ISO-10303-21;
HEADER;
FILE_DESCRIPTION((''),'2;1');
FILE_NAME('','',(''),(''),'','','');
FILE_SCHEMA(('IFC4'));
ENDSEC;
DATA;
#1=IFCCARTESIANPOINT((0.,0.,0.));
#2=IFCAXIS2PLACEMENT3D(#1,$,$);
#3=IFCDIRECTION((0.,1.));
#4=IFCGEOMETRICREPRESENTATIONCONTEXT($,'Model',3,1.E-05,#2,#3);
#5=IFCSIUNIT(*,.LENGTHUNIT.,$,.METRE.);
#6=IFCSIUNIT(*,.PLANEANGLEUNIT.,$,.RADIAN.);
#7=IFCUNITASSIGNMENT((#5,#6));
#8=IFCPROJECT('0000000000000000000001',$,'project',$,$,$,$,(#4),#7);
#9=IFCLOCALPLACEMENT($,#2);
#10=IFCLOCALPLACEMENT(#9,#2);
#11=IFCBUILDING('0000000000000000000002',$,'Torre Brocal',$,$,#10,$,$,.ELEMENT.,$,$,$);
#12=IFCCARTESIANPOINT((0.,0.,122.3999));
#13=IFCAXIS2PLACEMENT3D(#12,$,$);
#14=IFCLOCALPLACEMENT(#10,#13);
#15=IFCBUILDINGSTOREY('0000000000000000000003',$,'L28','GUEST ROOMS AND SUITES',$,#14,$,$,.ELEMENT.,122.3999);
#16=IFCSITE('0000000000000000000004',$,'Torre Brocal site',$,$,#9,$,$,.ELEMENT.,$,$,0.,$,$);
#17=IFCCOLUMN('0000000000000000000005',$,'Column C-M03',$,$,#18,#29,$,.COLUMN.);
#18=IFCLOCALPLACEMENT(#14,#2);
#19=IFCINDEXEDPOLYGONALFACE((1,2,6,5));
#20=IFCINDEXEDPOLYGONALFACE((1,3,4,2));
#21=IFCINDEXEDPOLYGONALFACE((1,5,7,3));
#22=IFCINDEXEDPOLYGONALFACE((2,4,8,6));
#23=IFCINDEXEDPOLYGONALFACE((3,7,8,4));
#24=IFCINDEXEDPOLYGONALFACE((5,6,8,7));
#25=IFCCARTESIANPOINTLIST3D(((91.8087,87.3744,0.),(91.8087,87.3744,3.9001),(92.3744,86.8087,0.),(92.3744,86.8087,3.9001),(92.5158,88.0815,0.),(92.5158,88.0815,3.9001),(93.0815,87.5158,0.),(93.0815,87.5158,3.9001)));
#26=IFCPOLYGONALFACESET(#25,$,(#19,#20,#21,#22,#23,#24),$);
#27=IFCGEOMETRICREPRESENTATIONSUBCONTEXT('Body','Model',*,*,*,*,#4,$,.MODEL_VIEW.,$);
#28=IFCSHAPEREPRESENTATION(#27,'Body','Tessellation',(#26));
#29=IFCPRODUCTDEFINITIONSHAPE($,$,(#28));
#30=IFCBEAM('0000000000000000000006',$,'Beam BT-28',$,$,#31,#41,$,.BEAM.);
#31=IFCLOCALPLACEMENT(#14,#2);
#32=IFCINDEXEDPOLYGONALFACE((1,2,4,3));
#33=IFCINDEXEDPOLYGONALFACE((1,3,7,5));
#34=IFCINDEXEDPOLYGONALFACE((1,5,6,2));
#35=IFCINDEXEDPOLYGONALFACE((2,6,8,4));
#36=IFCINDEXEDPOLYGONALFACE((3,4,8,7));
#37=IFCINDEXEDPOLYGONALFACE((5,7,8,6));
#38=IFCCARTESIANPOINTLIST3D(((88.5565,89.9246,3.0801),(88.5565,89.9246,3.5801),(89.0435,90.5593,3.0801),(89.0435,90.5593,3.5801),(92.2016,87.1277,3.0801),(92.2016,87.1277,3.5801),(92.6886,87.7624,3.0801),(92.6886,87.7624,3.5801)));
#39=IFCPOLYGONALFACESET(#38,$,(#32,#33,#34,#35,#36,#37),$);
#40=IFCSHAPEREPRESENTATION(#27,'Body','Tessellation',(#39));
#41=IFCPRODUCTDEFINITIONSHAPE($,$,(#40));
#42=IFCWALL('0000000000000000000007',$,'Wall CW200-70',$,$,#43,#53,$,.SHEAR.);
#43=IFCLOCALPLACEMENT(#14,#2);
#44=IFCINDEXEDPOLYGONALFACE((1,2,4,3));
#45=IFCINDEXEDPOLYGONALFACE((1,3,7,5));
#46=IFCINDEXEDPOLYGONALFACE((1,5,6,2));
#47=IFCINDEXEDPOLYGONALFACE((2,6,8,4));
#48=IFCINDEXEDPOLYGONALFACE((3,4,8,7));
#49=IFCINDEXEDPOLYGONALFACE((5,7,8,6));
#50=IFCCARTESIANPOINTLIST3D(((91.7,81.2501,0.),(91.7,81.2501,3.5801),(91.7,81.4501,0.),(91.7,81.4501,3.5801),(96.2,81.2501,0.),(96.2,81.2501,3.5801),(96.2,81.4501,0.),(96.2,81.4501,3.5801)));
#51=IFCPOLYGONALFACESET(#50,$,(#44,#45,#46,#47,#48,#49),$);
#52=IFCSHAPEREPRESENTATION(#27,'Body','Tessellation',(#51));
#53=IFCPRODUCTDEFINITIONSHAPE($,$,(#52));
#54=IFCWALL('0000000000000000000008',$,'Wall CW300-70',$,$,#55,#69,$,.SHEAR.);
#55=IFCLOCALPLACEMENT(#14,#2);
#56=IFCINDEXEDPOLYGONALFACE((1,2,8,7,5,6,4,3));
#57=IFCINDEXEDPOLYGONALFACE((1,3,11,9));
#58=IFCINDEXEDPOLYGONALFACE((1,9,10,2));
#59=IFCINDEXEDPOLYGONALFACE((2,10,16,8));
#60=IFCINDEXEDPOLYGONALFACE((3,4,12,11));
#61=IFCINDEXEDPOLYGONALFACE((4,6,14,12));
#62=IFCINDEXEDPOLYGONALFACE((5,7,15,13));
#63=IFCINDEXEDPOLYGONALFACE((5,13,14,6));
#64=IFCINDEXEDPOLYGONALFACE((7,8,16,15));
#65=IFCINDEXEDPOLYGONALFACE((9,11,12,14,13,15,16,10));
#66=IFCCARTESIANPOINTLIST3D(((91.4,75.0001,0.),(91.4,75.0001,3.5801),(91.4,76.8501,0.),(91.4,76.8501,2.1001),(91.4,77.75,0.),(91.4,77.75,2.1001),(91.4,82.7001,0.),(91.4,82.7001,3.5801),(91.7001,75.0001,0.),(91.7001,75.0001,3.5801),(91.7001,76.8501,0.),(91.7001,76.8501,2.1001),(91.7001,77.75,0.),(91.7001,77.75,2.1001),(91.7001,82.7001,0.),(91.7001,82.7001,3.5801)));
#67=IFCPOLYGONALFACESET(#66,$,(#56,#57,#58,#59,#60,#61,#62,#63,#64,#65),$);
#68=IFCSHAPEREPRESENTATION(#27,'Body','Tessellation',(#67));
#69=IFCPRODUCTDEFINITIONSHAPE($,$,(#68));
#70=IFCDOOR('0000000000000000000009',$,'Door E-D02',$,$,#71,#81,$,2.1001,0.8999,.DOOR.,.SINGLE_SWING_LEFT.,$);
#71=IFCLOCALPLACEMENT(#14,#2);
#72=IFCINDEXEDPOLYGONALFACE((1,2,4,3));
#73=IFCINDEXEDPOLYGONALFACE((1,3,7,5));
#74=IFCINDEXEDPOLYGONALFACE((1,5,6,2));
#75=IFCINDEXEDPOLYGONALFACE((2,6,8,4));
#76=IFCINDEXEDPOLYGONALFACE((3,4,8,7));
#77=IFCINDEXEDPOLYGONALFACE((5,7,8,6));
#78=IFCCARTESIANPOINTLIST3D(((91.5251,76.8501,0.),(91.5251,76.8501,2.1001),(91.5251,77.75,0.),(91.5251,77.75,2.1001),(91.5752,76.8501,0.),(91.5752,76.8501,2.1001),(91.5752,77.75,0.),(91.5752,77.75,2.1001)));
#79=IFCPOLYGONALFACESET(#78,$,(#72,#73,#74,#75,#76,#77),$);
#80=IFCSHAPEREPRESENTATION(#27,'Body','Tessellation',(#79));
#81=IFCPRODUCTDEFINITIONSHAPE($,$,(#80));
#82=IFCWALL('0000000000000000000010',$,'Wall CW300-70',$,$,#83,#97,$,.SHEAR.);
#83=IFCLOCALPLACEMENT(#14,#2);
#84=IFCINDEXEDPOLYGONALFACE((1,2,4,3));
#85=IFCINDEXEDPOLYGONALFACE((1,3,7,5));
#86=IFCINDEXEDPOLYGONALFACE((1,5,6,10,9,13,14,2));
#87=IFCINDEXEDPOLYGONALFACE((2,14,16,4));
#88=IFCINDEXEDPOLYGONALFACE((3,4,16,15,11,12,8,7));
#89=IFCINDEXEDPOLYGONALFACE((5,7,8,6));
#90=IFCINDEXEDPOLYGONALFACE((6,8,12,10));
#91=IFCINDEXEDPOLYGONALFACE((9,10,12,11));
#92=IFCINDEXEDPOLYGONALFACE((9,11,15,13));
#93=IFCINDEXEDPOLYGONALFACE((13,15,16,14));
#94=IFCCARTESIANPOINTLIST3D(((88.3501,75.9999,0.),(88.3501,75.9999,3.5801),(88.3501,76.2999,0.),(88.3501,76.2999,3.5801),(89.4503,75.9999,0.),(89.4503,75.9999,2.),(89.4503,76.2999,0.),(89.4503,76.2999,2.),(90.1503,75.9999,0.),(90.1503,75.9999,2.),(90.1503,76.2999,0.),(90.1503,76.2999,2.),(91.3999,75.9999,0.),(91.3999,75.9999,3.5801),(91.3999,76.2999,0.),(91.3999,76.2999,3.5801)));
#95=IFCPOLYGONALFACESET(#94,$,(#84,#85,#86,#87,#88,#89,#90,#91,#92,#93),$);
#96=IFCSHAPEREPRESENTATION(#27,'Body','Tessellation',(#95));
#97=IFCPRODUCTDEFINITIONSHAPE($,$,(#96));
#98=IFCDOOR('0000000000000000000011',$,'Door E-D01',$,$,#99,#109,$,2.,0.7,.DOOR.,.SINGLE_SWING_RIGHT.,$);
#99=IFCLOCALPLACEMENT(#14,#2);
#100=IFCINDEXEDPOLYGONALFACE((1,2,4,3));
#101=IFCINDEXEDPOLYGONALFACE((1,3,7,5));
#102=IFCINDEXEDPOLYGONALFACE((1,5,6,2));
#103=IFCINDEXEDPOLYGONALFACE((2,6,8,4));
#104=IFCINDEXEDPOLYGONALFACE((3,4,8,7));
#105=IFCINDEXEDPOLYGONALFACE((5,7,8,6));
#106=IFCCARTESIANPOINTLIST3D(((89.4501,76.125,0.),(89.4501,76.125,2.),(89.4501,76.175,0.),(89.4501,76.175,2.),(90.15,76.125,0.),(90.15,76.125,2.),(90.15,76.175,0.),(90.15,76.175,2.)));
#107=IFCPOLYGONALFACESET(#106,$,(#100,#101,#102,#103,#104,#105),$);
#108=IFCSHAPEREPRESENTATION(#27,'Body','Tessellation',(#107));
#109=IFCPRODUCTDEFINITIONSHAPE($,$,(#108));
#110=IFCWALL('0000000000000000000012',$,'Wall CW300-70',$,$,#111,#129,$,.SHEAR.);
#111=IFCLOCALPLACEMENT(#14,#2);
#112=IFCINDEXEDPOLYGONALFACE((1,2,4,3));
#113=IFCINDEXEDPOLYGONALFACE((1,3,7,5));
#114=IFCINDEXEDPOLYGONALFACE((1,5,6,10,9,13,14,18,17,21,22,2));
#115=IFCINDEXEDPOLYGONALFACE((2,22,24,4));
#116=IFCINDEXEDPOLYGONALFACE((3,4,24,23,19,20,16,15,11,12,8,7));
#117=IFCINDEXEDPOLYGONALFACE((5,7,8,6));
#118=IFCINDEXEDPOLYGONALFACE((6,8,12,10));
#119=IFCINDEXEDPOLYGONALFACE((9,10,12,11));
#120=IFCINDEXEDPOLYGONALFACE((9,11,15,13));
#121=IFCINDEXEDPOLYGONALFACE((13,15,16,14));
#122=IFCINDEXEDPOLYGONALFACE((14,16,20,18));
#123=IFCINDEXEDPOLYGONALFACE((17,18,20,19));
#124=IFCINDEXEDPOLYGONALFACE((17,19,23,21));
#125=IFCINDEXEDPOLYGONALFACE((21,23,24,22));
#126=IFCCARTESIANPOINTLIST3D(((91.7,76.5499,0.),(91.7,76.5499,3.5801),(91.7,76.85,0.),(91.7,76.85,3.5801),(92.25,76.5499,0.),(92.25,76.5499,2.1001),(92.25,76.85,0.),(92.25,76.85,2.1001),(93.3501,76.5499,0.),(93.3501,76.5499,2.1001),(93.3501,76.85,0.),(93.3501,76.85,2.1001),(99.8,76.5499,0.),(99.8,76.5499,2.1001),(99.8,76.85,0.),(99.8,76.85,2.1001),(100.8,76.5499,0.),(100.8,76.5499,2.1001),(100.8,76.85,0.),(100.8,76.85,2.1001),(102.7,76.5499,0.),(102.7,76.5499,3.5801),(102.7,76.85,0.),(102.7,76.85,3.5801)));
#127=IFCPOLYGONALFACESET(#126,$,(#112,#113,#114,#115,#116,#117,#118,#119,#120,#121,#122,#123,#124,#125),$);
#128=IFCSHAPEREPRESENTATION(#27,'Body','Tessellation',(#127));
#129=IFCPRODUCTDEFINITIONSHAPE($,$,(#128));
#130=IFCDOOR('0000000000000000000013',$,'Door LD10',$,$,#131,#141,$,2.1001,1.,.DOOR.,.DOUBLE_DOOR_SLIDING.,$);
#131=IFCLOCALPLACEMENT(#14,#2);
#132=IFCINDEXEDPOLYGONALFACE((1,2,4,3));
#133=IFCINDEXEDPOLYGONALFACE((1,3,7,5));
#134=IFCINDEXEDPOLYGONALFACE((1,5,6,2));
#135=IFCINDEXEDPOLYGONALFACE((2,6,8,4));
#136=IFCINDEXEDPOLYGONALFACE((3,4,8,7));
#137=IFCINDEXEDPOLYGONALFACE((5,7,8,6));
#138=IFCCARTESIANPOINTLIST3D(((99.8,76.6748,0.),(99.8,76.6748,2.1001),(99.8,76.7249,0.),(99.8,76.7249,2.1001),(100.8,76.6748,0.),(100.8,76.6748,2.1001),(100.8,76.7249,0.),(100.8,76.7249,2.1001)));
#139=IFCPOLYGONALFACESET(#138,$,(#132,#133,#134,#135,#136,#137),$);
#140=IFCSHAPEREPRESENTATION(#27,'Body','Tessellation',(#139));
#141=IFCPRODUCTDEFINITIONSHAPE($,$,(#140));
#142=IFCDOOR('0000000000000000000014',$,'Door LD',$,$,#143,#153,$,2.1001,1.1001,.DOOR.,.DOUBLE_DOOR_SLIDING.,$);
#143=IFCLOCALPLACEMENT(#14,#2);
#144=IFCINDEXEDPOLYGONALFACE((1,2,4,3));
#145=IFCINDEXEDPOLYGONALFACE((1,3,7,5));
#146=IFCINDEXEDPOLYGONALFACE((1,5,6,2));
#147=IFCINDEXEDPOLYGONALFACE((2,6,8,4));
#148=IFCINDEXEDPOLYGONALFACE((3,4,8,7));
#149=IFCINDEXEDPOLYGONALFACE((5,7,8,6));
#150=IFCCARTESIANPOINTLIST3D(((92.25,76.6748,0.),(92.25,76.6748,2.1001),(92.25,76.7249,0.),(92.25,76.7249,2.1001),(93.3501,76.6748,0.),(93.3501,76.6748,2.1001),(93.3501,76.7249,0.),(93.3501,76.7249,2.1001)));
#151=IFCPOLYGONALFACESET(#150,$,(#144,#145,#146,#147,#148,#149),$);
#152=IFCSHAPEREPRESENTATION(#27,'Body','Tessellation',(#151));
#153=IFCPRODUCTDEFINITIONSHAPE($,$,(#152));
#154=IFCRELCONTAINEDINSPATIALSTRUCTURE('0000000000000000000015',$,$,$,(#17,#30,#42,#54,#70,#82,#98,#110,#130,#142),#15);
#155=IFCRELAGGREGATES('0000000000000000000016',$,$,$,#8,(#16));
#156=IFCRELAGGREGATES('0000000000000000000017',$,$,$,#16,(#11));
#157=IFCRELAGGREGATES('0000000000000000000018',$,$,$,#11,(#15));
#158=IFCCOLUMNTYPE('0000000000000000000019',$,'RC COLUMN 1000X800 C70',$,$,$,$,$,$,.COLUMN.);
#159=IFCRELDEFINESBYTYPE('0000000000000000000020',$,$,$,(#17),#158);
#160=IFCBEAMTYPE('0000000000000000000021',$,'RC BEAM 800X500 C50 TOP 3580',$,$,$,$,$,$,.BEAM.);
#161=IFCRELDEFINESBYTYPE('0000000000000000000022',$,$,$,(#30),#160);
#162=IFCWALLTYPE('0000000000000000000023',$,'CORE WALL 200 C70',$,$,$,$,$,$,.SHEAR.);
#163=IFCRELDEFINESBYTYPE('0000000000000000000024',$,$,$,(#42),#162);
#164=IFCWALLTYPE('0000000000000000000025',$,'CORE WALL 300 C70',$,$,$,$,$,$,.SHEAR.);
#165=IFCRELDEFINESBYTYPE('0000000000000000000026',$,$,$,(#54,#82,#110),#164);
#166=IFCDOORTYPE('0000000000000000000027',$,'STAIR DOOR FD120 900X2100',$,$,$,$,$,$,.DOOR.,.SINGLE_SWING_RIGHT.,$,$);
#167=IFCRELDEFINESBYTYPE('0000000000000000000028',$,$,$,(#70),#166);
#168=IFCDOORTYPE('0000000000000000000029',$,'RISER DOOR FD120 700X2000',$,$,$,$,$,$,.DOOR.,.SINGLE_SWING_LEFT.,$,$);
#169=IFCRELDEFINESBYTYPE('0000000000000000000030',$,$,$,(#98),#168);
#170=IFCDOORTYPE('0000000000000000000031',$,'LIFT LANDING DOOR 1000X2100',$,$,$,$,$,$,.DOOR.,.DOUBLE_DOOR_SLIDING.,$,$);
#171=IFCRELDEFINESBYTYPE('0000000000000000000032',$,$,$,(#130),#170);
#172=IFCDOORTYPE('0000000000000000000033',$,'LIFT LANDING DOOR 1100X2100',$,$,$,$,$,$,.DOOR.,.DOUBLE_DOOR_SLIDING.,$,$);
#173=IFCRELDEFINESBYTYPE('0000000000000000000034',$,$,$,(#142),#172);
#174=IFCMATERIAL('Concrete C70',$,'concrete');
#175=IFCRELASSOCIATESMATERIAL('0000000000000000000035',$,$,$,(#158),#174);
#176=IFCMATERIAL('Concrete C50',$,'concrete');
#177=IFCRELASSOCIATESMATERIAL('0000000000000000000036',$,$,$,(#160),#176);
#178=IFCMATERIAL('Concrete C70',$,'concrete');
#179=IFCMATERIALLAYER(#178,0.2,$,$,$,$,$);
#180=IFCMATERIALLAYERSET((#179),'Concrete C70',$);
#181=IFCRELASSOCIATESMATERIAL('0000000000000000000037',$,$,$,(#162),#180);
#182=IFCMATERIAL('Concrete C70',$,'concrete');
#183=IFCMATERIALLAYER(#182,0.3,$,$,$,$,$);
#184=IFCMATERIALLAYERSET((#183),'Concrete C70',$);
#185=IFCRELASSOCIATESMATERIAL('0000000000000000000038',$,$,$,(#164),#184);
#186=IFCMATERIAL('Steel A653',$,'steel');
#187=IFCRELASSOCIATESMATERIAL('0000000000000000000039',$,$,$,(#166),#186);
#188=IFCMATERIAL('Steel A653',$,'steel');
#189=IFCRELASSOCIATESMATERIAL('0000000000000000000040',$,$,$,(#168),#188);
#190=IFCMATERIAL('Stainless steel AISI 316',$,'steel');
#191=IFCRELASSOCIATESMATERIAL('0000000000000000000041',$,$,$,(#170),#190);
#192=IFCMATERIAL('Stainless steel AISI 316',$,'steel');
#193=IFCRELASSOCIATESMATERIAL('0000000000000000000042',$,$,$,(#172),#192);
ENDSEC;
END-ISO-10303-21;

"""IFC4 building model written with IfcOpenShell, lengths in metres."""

from ifc_helpers import new_model, si_unit, direction, frame, frame_2d, origin, origin_2d, place, context, subcontext, project, spatial, rectangle, extrude, material, layer, layer_set, material_profile, profile_set, type_object, element, fill, save


model = new_model("IFC4")

# Units and contexts
model_context = context("Model", 3, precision=1e-05, world=origin(), true_north=direction((0.0, 1.0)))
body_context = subcontext(model_context, "Body", "Model", "MODEL_VIEW")
ifc_project = project(units=[si_unit("LENGTHUNIT", "METRE"), si_unit("PLANEANGLEUNIT", "RADIAN")], contexts=[model_context])

# Site, building, storey
site_placement = place(None, origin())
site = spatial("IfcSite", under=ifc_project, at=site_placement, Name="Torre Brocal site", CompositionType="ELEMENT", RefElevation=0.0)
building_placement = place(site_placement, origin())
building = spatial("IfcBuilding", under=site, at=building_placement, Name="Torre Brocal", CompositionType="ELEMENT")
storey_placement = place(building_placement, frame((0.0, 0.0, 122.3999)))
storey = spatial("IfcBuildingStorey", under=building, at=storey_placement, Name="L28", Description="GUEST ROOMS AND SUITES", CompositionType="ELEMENT", Elevation=122.3999)

# Column
ifc_material_1 = material(Name="Concrete C70", Category="concrete")
ifc_material_profile_1 = material_profile(ifc_material_1, rectangle(XDim=1.0, YDim=0.8, at=origin_2d()), Name="RC 1000X800")
ifc_profile_set_1 = profile_set([ifc_material_profile_1], Name="Concrete C70")
column_type = type_object("IfcColumnType", Name="RC COLUMN 1000X800 C70", PredefinedType="COLUMN", material=ifc_profile_set_1)
column_placement = place(storey_placement, frame((92.4451, 87.4451, 0.0), z_axis=(0.0, 0.0, 1.0), x_axis=(0.707107, 0.707107, 0.0)))
element("IfcColumn", 1, at=column_placement, inside=storey, type_object=column_type, Name="Column C-M03", PredefinedType="COLUMN", context=body_context, shape_type="SweptSolid", body=[
    extrude(rectangle(XDim=1.0, YDim=0.8, at=origin_2d()), origin(), (0.0, 0.0, 1.0), 3.9001),
])

# Beam
ifc_material_2 = material(Name="Concrete C50", Category="concrete")
ifc_material_profile_2 = material_profile(ifc_material_2, rectangle(XDim=0.8, YDim=0.5, at=origin_2d()), Name="RC 800X500")
ifc_profile_set_2 = profile_set([ifc_material_profile_2], Name="Concrete C50")
beam_type = type_object("IfcBeamType", Name="RC BEAM 800X500 C50 TOP 3580", PredefinedType="BEAM", material=ifc_profile_set_2)
beam_placement = place(storey_placement, frame((92.4451, 87.4451, 3.3301), z_axis=(-0.793358, 0.608755, 0.0), x_axis=(-0.608755, -0.793358, 0.0)))
element("IfcBeam", 2, at=beam_placement, inside=storey, type_object=beam_type, Name="Beam BT-28", PredefinedType="BEAM", context=body_context, shape_type="SweptSolid", body=[
    extrude(rectangle(XDim=0.8, YDim=0.5, at=origin_2d()), origin(), (0.0, 0.0, 1.0), 4.5945),
])

# Wall
ifc_material_3 = material(Name="Concrete C70", Category="concrete")
ifc_layer_1 = layer(ifc_material_3, 0.2)
ifc_layer_set_1 = layer_set([ifc_layer_1], Name="Concrete C70")
wall_type_1 = type_object("IfcWallType", Name="CORE WALL 200 C70", PredefinedType="SHEAR", material=ifc_layer_set_1)
wall_1_placement = place(storey_placement, frame((91.7, 81.3501, 0.0), z_axis=(0.0, 0.0, 1.0), x_axis=(1.0, 0.0, 0.0)))
element("IfcWall", 3, at=wall_1_placement, inside=storey, type_object=wall_type_1, Name="Wall CW200-70", PredefinedType="SHEAR", context=body_context, shape_type="SweptSolid", body=[
    extrude(rectangle(XDim=4.5, YDim=0.2, at=frame_2d((2.25, 0.0))), origin(), (0.0, 0.0, 1.0), 3.5801),
])

# Walls, openings, doors
ifc_material_4 = material(Name="Concrete C70", Category="concrete")
ifc_layer_2 = layer(ifc_material_4, 0.3)
ifc_layer_set_2 = layer_set([ifc_layer_2], Name="Concrete C70")
wall_type_2 = type_object("IfcWallType", Name="CORE WALL 300 C70", PredefinedType="SHEAR", material=ifc_layer_set_2)
wall_2_placement = place(storey_placement, frame((91.55, 75.0, 0.0), z_axis=(0.0, 0.0, 1.0), x_axis=(0.0, 1.0, 0.0)))
wall_2 = element("IfcWall", 4, at=wall_2_placement, inside=storey, type_object=wall_type_2, Name="Wall CW300-70", PredefinedType="SHEAR", context=body_context, shape_type="SweptSolid", body=[
    extrude(rectangle(XDim=7.7, YDim=0.3, at=frame_2d((3.8501, 0.0))), origin(), (0.0, 0.0, 1.0), 3.5801),
])
opening_1_placement = place(wall_2_placement, frame((1.8501, 0.0, 0.0)))
opening_1 = element("IfcOpeningElement", 5, at=opening_1_placement, cuts=wall_2, PredefinedType="OPENING", context=body_context, shape_type="SweptSolid", body=[
    extrude(rectangle(XDim=0.8999, YDim=2.1001, at=frame_2d((0.45, 1.05))), frame((0.0, 0.1599, 0.0), z_axis=(0.0, -1.0, 0.0), x_axis=(1.0, 0.0, 0.0)), (0.0, 0.0, 1.0), 0.3201),
])
ifc_material_5 = material(Name="Steel A653", Category="steel")
door_type_1 = type_object("IfcDoorType", Name="STAIR DOOR FD120 900X2100", OperationType="SINGLE_SWING_RIGHT", PredefinedType="DOOR", material=ifc_material_5)
door_1_placement = place(opening_1_placement, origin())
door_1 = element("IfcDoor", 6, at=door_1_placement, inside=storey, type_object=door_type_1, Name="Door E-D02", OperationType="SINGLE_SWING_LEFT", OverallHeight=2.1001, OverallWidth=0.8999, PredefinedType="DOOR", context=body_context, shape_type="SweptSolid", body=[
    extrude(rectangle(XDim=0.8999, YDim=2.1001, at=frame_2d((0.45, 1.05))), frame((0.0, 0.0249, 0.0), z_axis=(0.0, -1.0, 0.0), x_axis=(1.0, 0.0, 0.0)), (0.0, 0.0, 1.0), 0.05),
])
fill(opening_1, door_1)
wall_3_placement = place(storey_placement, frame((88.3501, 76.1499, 0.0), z_axis=(0.0, 0.0, 1.0), x_axis=(1.0, 0.0, 0.0)))
wall_3 = element("IfcWall", 7, at=wall_3_placement, inside=storey, type_object=wall_type_2, Name="Wall CW300-70", PredefinedType="SHEAR", context=body_context, shape_type="SweptSolid", body=[
    extrude(rectangle(XDim=3.0498, YDim=0.3, at=frame_2d((1.5249, 0.0))), origin(), (0.0, 0.0, 1.0), 3.5801),
])
opening_2_placement = place(wall_3_placement, frame((1.1001, 0.0, 0.0)))
opening_2 = element("IfcOpeningElement", 8, at=opening_2_placement, cuts=wall_3, PredefinedType="OPENING", context=body_context, shape_type="SweptSolid", body=[
    extrude(rectangle(XDim=0.7, YDim=2.0, at=frame_2d((0.3501, 1.0))), frame((0.0, 0.1599, 0.0), z_axis=(0.0, -1.0, 0.0), x_axis=(1.0, 0.0, 0.0)), (0.0, 0.0, 1.0), 0.3201),
])
ifc_material_6 = material(Name="Steel A653", Category="steel")
door_type_2 = type_object("IfcDoorType", Name="RISER DOOR FD120 700X2000", OperationType="SINGLE_SWING_LEFT", PredefinedType="DOOR", material=ifc_material_6)
door_2_placement = place(opening_2_placement, frame((0.7, 0.0, 0.0), z_axis=(0.0, 0.0, 1.0), x_axis=(-1.0, 0.0, 0.0)))
door_2 = element("IfcDoor", 9, at=door_2_placement, inside=storey, type_object=door_type_2, Name="Door E-D01", OperationType="SINGLE_SWING_RIGHT", OverallHeight=2.0, OverallWidth=0.7, PredefinedType="DOOR", context=body_context, shape_type="SweptSolid", body=[
    extrude(rectangle(XDim=0.7, YDim=2.0, at=frame_2d((0.3501, 1.0))), frame((0.0, 0.0249, 0.0), z_axis=(0.0, -1.0, 0.0), x_axis=(1.0, 0.0, 0.0)), (0.0, 0.0, 1.0), 0.05),
])
fill(opening_2, door_2)

# Wall, openings, doors
wall_4_placement = place(storey_placement, frame((91.7, 76.7, 0.0), z_axis=(0.0, 0.0, 1.0), x_axis=(1.0, 0.0, 0.0)))
wall_4 = element("IfcWall", 10, at=wall_4_placement, inside=storey, type_object=wall_type_2, Name="Wall CW300-70", PredefinedType="SHEAR", context=body_context, shape_type="SweptSolid", body=[
    extrude(rectangle(XDim=11.0, YDim=0.3, at=frame_2d((5.5, 0.0))), origin(), (0.0, 0.0, 1.0), 3.5801),
])
opening_3_placement = place(wall_4_placement, frame((0.55, 0.0, 0.0)))
opening_3 = element("IfcOpeningElement", 11, at=opening_3_placement, cuts=wall_4, PredefinedType="OPENING", context=body_context, shape_type="SweptSolid", body=[
    extrude(rectangle(XDim=1.1001, YDim=2.1001, at=frame_2d((0.55, 1.05))), frame((0.0, 0.1599, 0.0), z_axis=(0.0, -1.0, 0.0), x_axis=(1.0, 0.0, 0.0)), (0.0, 0.0, 1.0), 0.3201),
])
opening_4_placement = place(wall_4_placement, frame((8.1001, 0.0, 0.0)))
opening_4 = element("IfcOpeningElement", 12, at=opening_4_placement, cuts=wall_4, PredefinedType="OPENING", context=body_context, shape_type="SweptSolid", body=[
    extrude(rectangle(XDim=1.0, YDim=2.1001, at=frame_2d((0.5, 1.05))), frame((0.0, 0.1599, 0.0), z_axis=(0.0, -1.0, 0.0), x_axis=(1.0, 0.0, 0.0)), (0.0, 0.0, 1.0), 0.3201),
])
ifc_material_7 = material(Name="Stainless steel AISI 316", Category="steel")
door_type_3 = type_object("IfcDoorType", Name="LIFT LANDING DOOR 1000X2100", OperationType="DOUBLE_DOOR_SLIDING", PredefinedType="DOOR", material=ifc_material_7)
door_3_placement = place(opening_4_placement, origin())
door_3 = element("IfcDoor", 13, at=door_3_placement, inside=storey, type_object=door_type_3, Name="Door LD10", OperationType="DOUBLE_DOOR_SLIDING", OverallHeight=2.1001, OverallWidth=1.0, PredefinedType="DOOR", context=body_context, shape_type="SweptSolid", body=[
    extrude(rectangle(XDim=1.0, YDim=2.1001, at=frame_2d((0.5, 1.05))), frame((0.0, 0.0249, 0.0), z_axis=(0.0, -1.0, 0.0), x_axis=(1.0, 0.0, 0.0)), (0.0, 0.0, 1.0), 0.05),
])
fill(opening_4, door_3)
ifc_material_8 = material(Name="Stainless steel AISI 316", Category="steel")
door_type_4 = type_object("IfcDoorType", Name="LIFT LANDING DOOR 1100X2100", OperationType="DOUBLE_DOOR_SLIDING", PredefinedType="DOOR", material=ifc_material_8)
door_4_placement = place(opening_3_placement, origin())
door_4 = element("IfcDoor", 14, at=door_4_placement, inside=storey, type_object=door_type_4, Name="Door LD", OperationType="DOUBLE_DOOR_SLIDING", OverallHeight=2.1001, OverallWidth=1.1001, PredefinedType="DOOR", context=body_context, shape_type="SweptSolid", body=[
    extrude(rectangle(XDim=1.1001, YDim=2.1001, at=frame_2d((0.55, 1.05))), frame((0.0, 0.0249, 0.0), z_axis=(0.0, -1.0, 0.0), x_axis=(1.0, 0.0, 0.0)), (0.0, 0.0, 1.0), 0.05),
])
fill(opening_3, door_4)

save(model, "model.ifc")
